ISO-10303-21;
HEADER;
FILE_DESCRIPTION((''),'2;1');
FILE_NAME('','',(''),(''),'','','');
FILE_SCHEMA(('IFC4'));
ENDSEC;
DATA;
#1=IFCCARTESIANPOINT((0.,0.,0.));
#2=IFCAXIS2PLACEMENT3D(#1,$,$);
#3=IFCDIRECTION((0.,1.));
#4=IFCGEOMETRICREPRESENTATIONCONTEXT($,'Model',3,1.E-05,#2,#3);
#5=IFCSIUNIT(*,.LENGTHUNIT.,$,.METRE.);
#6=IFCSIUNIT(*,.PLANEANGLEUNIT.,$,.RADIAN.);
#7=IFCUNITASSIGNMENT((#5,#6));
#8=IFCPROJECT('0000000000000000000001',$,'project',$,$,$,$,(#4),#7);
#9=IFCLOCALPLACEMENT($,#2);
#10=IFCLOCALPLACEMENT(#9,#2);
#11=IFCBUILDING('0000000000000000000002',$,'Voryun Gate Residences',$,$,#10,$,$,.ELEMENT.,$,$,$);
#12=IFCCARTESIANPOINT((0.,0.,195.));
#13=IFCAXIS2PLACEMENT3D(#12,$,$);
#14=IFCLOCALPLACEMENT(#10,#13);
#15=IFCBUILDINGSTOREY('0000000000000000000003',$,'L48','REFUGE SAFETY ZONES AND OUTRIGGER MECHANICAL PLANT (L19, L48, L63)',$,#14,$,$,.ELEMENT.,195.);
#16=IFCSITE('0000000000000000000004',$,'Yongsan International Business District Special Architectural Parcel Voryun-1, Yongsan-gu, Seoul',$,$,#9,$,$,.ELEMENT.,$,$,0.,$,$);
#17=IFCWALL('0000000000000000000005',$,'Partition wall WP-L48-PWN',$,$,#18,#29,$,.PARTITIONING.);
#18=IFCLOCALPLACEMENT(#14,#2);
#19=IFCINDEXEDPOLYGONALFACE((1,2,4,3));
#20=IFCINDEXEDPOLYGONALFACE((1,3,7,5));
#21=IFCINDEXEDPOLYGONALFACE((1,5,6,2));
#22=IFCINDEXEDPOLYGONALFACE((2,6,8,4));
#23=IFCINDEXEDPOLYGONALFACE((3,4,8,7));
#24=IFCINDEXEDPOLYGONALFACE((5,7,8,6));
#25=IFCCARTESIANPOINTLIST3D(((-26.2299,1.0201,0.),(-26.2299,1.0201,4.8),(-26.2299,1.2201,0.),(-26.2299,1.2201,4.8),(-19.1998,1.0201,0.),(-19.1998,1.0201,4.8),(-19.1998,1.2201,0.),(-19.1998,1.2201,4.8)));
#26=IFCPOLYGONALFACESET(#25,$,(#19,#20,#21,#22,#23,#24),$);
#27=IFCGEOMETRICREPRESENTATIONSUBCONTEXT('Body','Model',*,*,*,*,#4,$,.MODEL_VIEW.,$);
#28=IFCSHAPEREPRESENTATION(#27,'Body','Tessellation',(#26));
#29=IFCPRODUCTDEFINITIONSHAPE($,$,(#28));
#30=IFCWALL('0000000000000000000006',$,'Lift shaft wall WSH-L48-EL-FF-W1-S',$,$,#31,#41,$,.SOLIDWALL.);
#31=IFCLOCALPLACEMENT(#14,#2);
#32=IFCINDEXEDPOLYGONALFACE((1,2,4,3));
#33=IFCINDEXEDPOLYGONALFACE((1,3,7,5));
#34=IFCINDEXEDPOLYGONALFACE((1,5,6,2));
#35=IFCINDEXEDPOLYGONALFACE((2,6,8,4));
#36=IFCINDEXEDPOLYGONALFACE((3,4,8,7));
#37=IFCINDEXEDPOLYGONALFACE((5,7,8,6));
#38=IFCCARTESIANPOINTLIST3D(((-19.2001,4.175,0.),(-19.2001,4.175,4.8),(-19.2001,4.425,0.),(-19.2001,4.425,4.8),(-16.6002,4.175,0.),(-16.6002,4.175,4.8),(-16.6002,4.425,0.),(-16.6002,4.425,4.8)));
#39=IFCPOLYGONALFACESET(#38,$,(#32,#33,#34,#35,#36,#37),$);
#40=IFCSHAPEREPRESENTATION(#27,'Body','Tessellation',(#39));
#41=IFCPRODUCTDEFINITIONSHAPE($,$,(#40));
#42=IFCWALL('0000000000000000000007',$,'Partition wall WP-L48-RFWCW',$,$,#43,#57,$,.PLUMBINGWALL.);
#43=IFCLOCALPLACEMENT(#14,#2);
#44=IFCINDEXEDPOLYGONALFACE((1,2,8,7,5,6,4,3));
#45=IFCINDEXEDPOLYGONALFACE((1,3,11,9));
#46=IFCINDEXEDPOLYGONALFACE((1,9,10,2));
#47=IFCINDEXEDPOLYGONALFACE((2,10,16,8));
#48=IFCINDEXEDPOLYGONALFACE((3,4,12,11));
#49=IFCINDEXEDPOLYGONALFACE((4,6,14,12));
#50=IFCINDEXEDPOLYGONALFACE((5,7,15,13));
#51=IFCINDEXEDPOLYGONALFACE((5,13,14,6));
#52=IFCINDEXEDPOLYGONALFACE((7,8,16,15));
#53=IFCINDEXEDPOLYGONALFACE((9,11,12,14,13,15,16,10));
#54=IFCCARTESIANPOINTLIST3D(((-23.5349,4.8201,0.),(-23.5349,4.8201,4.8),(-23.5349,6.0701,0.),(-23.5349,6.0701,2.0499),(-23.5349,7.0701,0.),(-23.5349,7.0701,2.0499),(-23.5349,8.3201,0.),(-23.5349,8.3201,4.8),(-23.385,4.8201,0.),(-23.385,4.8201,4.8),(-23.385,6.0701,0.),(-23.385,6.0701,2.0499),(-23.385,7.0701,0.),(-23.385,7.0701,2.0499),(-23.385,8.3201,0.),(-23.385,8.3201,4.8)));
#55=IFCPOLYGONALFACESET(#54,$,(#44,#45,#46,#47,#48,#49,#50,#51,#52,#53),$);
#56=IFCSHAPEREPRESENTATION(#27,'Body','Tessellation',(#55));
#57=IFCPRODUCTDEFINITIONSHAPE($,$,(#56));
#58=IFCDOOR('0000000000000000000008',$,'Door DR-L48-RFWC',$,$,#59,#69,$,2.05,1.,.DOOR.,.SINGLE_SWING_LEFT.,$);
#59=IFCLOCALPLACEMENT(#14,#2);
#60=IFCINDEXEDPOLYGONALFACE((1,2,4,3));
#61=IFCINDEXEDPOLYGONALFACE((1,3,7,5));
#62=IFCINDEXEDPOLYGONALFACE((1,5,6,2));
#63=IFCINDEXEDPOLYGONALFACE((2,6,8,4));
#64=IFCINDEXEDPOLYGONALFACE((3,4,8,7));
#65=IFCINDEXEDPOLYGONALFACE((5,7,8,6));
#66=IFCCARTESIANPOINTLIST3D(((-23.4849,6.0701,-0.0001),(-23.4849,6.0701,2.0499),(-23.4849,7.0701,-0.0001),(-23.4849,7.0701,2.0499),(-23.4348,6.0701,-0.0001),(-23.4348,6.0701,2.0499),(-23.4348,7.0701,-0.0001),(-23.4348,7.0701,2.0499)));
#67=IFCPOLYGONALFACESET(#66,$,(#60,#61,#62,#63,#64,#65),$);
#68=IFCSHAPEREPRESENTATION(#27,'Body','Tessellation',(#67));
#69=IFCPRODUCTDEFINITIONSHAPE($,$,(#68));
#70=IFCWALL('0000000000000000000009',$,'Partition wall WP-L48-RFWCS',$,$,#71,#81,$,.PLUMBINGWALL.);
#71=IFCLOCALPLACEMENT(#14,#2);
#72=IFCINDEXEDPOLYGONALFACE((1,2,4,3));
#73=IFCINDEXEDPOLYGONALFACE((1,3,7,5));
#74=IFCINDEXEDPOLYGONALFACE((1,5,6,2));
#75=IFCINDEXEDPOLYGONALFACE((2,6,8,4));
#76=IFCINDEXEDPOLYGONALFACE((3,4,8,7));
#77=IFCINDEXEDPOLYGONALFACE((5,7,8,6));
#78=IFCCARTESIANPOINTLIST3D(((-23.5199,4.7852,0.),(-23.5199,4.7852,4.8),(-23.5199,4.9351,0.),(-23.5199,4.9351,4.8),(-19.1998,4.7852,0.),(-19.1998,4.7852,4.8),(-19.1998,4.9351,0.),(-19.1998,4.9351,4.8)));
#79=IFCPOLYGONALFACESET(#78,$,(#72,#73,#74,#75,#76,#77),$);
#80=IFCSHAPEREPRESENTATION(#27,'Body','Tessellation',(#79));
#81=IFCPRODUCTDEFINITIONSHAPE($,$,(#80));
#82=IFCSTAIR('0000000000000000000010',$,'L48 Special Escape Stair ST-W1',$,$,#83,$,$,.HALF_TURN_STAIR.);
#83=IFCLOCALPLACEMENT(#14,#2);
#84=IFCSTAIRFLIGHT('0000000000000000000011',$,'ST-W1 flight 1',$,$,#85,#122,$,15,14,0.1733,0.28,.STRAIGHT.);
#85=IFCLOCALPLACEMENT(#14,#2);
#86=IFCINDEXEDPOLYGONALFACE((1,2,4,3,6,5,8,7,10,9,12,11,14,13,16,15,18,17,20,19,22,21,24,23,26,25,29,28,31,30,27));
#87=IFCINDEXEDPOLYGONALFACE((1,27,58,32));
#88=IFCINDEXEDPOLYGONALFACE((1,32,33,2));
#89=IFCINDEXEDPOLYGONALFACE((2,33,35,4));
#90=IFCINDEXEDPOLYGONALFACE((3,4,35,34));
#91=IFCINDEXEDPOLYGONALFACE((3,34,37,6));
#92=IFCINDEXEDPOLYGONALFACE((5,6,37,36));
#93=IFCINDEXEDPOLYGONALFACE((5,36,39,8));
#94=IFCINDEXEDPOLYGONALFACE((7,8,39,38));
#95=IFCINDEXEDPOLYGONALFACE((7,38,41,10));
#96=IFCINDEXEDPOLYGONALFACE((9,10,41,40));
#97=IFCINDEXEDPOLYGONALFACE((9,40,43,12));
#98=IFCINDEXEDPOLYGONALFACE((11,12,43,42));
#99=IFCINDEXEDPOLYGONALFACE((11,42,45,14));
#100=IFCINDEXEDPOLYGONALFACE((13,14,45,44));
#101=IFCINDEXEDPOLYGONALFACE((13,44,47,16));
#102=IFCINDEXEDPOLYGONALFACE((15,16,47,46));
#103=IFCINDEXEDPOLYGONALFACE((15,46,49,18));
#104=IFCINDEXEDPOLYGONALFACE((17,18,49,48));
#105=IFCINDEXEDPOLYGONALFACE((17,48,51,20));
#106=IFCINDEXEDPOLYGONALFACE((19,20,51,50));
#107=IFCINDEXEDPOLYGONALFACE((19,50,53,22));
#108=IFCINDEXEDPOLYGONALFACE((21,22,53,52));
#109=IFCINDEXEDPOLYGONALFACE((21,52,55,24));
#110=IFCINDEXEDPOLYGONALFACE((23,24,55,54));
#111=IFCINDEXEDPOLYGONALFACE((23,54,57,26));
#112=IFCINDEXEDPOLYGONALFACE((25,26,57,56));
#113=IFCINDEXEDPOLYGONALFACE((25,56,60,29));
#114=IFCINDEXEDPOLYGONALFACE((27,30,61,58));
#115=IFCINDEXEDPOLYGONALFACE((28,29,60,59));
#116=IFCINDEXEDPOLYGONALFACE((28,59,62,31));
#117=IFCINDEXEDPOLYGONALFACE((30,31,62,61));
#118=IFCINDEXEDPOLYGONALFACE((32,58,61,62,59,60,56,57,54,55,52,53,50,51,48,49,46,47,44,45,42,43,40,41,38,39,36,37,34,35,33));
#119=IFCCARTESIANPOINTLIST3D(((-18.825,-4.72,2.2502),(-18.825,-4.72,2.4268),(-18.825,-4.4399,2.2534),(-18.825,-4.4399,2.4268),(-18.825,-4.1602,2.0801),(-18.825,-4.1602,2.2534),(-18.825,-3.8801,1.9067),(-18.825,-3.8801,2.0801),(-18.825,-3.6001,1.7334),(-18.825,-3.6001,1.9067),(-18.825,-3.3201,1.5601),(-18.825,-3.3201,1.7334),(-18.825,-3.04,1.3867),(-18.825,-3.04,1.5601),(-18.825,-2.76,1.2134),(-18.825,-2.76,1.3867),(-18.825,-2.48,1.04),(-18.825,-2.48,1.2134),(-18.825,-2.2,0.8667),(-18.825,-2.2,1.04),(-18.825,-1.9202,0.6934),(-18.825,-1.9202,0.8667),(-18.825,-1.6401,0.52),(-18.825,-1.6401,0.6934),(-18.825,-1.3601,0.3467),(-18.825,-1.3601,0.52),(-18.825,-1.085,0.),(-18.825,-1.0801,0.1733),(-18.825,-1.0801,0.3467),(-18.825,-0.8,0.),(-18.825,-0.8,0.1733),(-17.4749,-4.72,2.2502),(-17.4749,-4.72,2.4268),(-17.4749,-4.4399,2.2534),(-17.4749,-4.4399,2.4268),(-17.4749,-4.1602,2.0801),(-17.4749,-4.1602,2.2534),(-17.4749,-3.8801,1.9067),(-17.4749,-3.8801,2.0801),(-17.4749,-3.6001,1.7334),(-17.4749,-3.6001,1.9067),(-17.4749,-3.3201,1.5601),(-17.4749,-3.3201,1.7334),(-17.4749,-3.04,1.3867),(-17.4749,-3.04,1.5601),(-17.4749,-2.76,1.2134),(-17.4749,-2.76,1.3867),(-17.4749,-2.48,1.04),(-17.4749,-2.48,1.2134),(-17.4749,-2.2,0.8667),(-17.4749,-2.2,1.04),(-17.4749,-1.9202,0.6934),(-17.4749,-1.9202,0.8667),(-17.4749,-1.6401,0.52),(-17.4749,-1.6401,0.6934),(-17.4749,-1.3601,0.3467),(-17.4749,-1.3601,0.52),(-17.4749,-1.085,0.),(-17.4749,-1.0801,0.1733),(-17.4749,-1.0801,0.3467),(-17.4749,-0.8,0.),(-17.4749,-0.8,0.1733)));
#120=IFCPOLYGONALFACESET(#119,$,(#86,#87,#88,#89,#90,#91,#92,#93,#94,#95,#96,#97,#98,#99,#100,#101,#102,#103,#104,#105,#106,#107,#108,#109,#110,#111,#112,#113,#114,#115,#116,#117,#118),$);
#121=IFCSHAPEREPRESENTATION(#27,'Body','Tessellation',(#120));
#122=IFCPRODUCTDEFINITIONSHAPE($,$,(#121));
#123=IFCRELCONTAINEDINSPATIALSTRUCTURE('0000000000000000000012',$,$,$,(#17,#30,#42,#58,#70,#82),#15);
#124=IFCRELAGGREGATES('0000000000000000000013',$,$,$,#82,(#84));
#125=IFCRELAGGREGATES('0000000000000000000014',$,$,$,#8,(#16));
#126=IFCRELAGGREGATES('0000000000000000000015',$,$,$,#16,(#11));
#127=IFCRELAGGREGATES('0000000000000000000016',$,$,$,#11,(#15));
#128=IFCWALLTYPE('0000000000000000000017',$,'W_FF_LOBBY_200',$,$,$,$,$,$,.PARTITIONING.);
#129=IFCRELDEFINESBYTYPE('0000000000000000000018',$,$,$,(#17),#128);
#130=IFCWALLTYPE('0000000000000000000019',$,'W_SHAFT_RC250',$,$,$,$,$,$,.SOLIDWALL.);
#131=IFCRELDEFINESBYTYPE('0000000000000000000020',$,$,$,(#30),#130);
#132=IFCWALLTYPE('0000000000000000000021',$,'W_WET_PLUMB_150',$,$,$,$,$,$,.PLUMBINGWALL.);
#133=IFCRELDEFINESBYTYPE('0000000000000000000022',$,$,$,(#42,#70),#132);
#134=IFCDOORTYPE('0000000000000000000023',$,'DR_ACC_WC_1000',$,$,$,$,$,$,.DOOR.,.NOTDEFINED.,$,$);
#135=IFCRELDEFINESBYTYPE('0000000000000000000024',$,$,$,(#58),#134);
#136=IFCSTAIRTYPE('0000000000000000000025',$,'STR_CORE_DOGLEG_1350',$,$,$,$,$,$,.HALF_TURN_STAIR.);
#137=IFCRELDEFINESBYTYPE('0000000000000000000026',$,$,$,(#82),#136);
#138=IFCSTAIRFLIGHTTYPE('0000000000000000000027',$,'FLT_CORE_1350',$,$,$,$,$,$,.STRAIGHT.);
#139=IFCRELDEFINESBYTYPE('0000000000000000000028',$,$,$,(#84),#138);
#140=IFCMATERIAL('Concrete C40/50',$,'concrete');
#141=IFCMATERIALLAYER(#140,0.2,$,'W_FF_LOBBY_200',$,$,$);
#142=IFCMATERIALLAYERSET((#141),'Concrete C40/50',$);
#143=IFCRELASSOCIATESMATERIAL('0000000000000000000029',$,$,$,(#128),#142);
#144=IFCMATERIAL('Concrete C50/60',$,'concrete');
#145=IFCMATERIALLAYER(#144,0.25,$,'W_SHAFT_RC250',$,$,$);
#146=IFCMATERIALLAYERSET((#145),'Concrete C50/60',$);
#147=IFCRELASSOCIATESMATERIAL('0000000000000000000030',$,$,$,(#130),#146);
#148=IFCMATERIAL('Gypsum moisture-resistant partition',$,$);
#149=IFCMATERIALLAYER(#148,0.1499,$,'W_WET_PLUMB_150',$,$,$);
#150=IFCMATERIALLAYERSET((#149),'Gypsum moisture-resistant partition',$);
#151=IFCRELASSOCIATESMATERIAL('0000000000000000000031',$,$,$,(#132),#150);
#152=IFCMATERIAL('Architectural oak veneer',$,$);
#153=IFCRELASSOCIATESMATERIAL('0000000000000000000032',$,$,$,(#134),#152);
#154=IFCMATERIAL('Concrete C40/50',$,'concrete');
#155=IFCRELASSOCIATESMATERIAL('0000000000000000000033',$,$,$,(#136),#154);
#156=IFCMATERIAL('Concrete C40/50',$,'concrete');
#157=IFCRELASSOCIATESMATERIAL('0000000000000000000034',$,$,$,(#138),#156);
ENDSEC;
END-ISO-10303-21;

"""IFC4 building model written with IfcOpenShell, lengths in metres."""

from ifc_helpers import new_model, si_unit, direction, frame, frame_2d, origin, place, context, subcontext, project, spatial, polyline, rectangle, outline, extrude, material, layer, layer_set, type_object, element, fill, aggregate, save


model = new_model("IFC4")

# Units and contexts
model_context = context("Model", 3, precision=1e-05, world=origin(), true_north=direction((0.0, 1.0)))
body_context = subcontext(model_context, "Body", "Model", "MODEL_VIEW")
ifc_project = project(units=[si_unit("LENGTHUNIT", "METRE"), si_unit("PLANEANGLEUNIT", "RADIAN")], contexts=[model_context])

# Site, building, storey
site_placement = place(None, origin())
site = spatial("IfcSite", under=ifc_project, at=site_placement, Name="Yongsan International Business District Special Architectural Parcel Voryun-1, Yongsan-gu, Seoul", CompositionType="ELEMENT", RefElevation=0.0)
building_placement = place(site_placement, origin())
building = spatial("IfcBuilding", under=site, at=building_placement, Name="Voryun Gate Residences", CompositionType="ELEMENT")
storey_placement = place(building_placement, frame((0.0, 0.0, 195.0)))
storey = spatial("IfcBuildingStorey", under=building, at=storey_placement, Name="L48", Description="REFUGE SAFETY ZONES AND OUTRIGGER MECHANICAL PLANT (L19, L48, L63)", CompositionType="ELEMENT", Elevation=195.0)

# Walls
ifc_material_1 = material(Name="Concrete C40/50", Category="concrete")
ifc_layer_1 = layer(ifc_material_1, 0.2, Name="W_FF_LOBBY_200")
ifc_layer_set_1 = layer_set([ifc_layer_1], Name="Concrete C40/50")
wall_type_1 = type_object("IfcWallType", Name="W_FF_LOBBY_200", PredefinedType="PARTITIONING", material=ifc_layer_set_1)
wall_1_placement = place(storey_placement, frame((-26.23, 1.1201, 0.0), z_axis=(0.0, 0.0, 1.0), x_axis=(1.0, 0.0, 0.0)))
element("IfcWall", 1, at=wall_1_placement, inside=storey, type_object=wall_type_1, Name="Partition wall WP-L48-PWN", PredefinedType="PARTITIONING", context=body_context, shape_type="SweptSolid", body=[
    extrude(rectangle(XDim=7.03, YDim=0.2, at=frame_2d((3.5151, 0.0))), origin(), (0.0, 0.0, 1.0), 4.8),
])
ifc_material_2 = material(Name="Concrete C50/60", Category="concrete")
ifc_layer_2 = layer(ifc_material_2, 0.25, Name="W_SHAFT_RC250")
ifc_layer_set_2 = layer_set([ifc_layer_2], Name="Concrete C50/60")
wall_type_2 = type_object("IfcWallType", Name="W_SHAFT_RC250", PredefinedType="SOLIDWALL", material=ifc_layer_set_2)
wall_2_placement = place(storey_placement, frame((-19.2, 4.3, 0.0), z_axis=(0.0, 0.0, 1.0), x_axis=(1.0, 0.0, 0.0)))
element("IfcWall", 2, at=wall_2_placement, inside=storey, type_object=wall_type_2, Name="Lift shaft wall WSH-L48-EL-FF-W1-S", PredefinedType="SOLIDWALL", context=body_context, shape_type="SweptSolid", body=[
    extrude(rectangle(XDim=2.5999, YDim=0.25, at=frame_2d((1.2998, 0.0))), origin(), (0.0, 0.0, 1.0), 4.8),
])

# Wall, opening, door
ifc_material_3 = material(Name="Gypsum moisture-resistant partition")
ifc_layer_3 = layer(ifc_material_3, 0.1499, Name="W_WET_PLUMB_150")
ifc_layer_set_3 = layer_set([ifc_layer_3], Name="Gypsum moisture-resistant partition")
wall_type_3 = type_object("IfcWallType", Name="W_WET_PLUMB_150", PredefinedType="PLUMBINGWALL", material=ifc_layer_set_3)
wall_3_placement = place(storey_placement, frame((-23.46, 4.8201, 0.0), z_axis=(0.0, 0.0, 1.0), x_axis=(0.0, 1.0, 0.0)))
wall_3 = element("IfcWall", 3, at=wall_3_placement, inside=storey, type_object=wall_type_3, Name="Partition wall WP-L48-RFWCW", PredefinedType="PLUMBINGWALL", context=body_context, shape_type="SweptSolid", body=[
    extrude(rectangle(XDim=3.5, YDim=0.1499, at=frame_2d((1.75, 0.0))), origin(), (0.0, 0.0, 1.0), 4.8),
])
opening_1_placement = place(wall_3_placement, frame((1.25, 0.0, 0.0)))
opening_1 = element("IfcOpeningElement", 4, at=opening_1_placement, cuts=wall_3, PredefinedType="OPENING", context=body_context, shape_type="SweptSolid", body=[
    extrude(rectangle(XDim=1.0, YDim=2.05, at=frame_2d((0.5, 1.0249))), frame((0.0, 0.085, 0.0), z_axis=(0.0, -1.0, 0.0), x_axis=(1.0, 0.0, 0.0)), (0.0, 0.0, 1.0), 0.1699),
])
ifc_material_4 = material(Name="Architectural oak veneer")
door_type_1 = type_object("IfcDoorType", Name="DR_ACC_WC_1000", OperationType="NOTDEFINED", PredefinedType="DOOR", material=ifc_material_4)
door_1_placement = place(opening_1_placement, origin())
door_1 = element("IfcDoor", 5, at=door_1_placement, inside=storey, type_object=door_type_1, Name="Door DR-L48-RFWC", OperationType="SINGLE_SWING_LEFT", OverallHeight=2.05, OverallWidth=1.0, PredefinedType="DOOR", context=body_context, shape_type="SweptSolid", body=[
    extrude(rectangle(XDim=1.0, YDim=2.05, at=frame_2d((0.5, 1.0249))), frame((0.0, 0.0249, 0.0), z_axis=(0.0, -1.0, 0.0), x_axis=(1.0, 0.0, 0.0)), (0.0, 0.0, 1.0), 0.05),
])
fill(opening_1, door_1)

# Wall
wall_4_placement = place(storey_placement, frame((-23.52, 4.8601, 0.0), z_axis=(0.0, 0.0, 1.0), x_axis=(1.0, 0.0, 0.0)))
element("IfcWall", 6, at=wall_4_placement, inside=storey, type_object=wall_type_3, Name="Partition wall WP-L48-RFWCS", PredefinedType="PLUMBINGWALL", context=body_context, shape_type="SweptSolid", body=[
    extrude(rectangle(XDim=4.3201, YDim=0.1499, at=frame_2d((2.1602, 0.0))), origin(), (0.0, 0.0, 1.0), 4.8),
])

# Stair, stair flight
ifc_material_5 = material(Name="Concrete C40/50", Category="concrete")
stair_type = type_object("IfcStairType", Name="STR_CORE_DOGLEG_1350", PredefinedType="HALF_TURN_STAIR", material=ifc_material_5)
stair_placement = place(storey_placement, origin())
stair = element("IfcStair", 7, at=stair_placement, inside=storey, type_object=stair_type, Name="L48 Special Escape Stair ST-W1", PredefinedType="HALF_TURN_STAIR")
ifc_material_6 = material(Name="Concrete C40/50", Category="concrete")
stair_flight_type = type_object("IfcStairFlightType", Name="FLT_CORE_1350", PredefinedType="STRAIGHT", material=ifc_material_6)
stair_flight_placement = place(storey_placement, frame((-18.1499, -0.8, 0.0), z_axis=(0.0, 0.0, 1.0), x_axis=(0.0, -1.0, 0.0)))
stair_flight = element("IfcStairFlight", 8, at=stair_flight_placement, type_object=stair_flight_type, Name="ST-W1 flight 1", NumberOfRisers=15, NumberOfTreads=14, PredefinedType="STRAIGHT", RiserHeight=0.1733, TreadLength=0.28, context=body_context, shape_type="SweptSolid", body=[
    extrude(outline(polyline([(0.0, 0.0), (0.0, 0.1733), (0.28, 0.1733), (0.28, 0.3467), (0.5601, 0.3467), (0.5601, 0.52), (0.8401, 0.52), (0.8401, 0.6934), (1.1201, 0.6934), (1.1201, 0.8667), (1.3999, 0.8667), (1.3999, 1.04), (1.6799, 1.04), (1.6799, 1.2134), (1.96, 1.2134), (1.96, 1.3867), (2.24, 1.3867), (2.24, 1.5601), (2.52, 1.5601), (2.52, 1.7334), (2.8, 1.7334), (2.8, 1.9067), (3.0801, 1.9067), (3.0801, 2.0801), (3.3601, 2.0801), (3.3601, 2.2534), (3.6399, 2.2534), (3.6399, 2.4268), (3.9199, 2.4268), (3.9199, 2.6001), (3.9199, 2.2502), (0.2849, 0.0), (0.0, 0.0)])), frame((0.0, 0.675, 0.0), z_axis=(0.0, -1.0, 0.0), x_axis=(1.0, 0.0, 0.0)), (0.0, 0.0, 1.0), 1.3501),
])
aggregate(stair, [stair_flight])

save(model, "model.ifc")
